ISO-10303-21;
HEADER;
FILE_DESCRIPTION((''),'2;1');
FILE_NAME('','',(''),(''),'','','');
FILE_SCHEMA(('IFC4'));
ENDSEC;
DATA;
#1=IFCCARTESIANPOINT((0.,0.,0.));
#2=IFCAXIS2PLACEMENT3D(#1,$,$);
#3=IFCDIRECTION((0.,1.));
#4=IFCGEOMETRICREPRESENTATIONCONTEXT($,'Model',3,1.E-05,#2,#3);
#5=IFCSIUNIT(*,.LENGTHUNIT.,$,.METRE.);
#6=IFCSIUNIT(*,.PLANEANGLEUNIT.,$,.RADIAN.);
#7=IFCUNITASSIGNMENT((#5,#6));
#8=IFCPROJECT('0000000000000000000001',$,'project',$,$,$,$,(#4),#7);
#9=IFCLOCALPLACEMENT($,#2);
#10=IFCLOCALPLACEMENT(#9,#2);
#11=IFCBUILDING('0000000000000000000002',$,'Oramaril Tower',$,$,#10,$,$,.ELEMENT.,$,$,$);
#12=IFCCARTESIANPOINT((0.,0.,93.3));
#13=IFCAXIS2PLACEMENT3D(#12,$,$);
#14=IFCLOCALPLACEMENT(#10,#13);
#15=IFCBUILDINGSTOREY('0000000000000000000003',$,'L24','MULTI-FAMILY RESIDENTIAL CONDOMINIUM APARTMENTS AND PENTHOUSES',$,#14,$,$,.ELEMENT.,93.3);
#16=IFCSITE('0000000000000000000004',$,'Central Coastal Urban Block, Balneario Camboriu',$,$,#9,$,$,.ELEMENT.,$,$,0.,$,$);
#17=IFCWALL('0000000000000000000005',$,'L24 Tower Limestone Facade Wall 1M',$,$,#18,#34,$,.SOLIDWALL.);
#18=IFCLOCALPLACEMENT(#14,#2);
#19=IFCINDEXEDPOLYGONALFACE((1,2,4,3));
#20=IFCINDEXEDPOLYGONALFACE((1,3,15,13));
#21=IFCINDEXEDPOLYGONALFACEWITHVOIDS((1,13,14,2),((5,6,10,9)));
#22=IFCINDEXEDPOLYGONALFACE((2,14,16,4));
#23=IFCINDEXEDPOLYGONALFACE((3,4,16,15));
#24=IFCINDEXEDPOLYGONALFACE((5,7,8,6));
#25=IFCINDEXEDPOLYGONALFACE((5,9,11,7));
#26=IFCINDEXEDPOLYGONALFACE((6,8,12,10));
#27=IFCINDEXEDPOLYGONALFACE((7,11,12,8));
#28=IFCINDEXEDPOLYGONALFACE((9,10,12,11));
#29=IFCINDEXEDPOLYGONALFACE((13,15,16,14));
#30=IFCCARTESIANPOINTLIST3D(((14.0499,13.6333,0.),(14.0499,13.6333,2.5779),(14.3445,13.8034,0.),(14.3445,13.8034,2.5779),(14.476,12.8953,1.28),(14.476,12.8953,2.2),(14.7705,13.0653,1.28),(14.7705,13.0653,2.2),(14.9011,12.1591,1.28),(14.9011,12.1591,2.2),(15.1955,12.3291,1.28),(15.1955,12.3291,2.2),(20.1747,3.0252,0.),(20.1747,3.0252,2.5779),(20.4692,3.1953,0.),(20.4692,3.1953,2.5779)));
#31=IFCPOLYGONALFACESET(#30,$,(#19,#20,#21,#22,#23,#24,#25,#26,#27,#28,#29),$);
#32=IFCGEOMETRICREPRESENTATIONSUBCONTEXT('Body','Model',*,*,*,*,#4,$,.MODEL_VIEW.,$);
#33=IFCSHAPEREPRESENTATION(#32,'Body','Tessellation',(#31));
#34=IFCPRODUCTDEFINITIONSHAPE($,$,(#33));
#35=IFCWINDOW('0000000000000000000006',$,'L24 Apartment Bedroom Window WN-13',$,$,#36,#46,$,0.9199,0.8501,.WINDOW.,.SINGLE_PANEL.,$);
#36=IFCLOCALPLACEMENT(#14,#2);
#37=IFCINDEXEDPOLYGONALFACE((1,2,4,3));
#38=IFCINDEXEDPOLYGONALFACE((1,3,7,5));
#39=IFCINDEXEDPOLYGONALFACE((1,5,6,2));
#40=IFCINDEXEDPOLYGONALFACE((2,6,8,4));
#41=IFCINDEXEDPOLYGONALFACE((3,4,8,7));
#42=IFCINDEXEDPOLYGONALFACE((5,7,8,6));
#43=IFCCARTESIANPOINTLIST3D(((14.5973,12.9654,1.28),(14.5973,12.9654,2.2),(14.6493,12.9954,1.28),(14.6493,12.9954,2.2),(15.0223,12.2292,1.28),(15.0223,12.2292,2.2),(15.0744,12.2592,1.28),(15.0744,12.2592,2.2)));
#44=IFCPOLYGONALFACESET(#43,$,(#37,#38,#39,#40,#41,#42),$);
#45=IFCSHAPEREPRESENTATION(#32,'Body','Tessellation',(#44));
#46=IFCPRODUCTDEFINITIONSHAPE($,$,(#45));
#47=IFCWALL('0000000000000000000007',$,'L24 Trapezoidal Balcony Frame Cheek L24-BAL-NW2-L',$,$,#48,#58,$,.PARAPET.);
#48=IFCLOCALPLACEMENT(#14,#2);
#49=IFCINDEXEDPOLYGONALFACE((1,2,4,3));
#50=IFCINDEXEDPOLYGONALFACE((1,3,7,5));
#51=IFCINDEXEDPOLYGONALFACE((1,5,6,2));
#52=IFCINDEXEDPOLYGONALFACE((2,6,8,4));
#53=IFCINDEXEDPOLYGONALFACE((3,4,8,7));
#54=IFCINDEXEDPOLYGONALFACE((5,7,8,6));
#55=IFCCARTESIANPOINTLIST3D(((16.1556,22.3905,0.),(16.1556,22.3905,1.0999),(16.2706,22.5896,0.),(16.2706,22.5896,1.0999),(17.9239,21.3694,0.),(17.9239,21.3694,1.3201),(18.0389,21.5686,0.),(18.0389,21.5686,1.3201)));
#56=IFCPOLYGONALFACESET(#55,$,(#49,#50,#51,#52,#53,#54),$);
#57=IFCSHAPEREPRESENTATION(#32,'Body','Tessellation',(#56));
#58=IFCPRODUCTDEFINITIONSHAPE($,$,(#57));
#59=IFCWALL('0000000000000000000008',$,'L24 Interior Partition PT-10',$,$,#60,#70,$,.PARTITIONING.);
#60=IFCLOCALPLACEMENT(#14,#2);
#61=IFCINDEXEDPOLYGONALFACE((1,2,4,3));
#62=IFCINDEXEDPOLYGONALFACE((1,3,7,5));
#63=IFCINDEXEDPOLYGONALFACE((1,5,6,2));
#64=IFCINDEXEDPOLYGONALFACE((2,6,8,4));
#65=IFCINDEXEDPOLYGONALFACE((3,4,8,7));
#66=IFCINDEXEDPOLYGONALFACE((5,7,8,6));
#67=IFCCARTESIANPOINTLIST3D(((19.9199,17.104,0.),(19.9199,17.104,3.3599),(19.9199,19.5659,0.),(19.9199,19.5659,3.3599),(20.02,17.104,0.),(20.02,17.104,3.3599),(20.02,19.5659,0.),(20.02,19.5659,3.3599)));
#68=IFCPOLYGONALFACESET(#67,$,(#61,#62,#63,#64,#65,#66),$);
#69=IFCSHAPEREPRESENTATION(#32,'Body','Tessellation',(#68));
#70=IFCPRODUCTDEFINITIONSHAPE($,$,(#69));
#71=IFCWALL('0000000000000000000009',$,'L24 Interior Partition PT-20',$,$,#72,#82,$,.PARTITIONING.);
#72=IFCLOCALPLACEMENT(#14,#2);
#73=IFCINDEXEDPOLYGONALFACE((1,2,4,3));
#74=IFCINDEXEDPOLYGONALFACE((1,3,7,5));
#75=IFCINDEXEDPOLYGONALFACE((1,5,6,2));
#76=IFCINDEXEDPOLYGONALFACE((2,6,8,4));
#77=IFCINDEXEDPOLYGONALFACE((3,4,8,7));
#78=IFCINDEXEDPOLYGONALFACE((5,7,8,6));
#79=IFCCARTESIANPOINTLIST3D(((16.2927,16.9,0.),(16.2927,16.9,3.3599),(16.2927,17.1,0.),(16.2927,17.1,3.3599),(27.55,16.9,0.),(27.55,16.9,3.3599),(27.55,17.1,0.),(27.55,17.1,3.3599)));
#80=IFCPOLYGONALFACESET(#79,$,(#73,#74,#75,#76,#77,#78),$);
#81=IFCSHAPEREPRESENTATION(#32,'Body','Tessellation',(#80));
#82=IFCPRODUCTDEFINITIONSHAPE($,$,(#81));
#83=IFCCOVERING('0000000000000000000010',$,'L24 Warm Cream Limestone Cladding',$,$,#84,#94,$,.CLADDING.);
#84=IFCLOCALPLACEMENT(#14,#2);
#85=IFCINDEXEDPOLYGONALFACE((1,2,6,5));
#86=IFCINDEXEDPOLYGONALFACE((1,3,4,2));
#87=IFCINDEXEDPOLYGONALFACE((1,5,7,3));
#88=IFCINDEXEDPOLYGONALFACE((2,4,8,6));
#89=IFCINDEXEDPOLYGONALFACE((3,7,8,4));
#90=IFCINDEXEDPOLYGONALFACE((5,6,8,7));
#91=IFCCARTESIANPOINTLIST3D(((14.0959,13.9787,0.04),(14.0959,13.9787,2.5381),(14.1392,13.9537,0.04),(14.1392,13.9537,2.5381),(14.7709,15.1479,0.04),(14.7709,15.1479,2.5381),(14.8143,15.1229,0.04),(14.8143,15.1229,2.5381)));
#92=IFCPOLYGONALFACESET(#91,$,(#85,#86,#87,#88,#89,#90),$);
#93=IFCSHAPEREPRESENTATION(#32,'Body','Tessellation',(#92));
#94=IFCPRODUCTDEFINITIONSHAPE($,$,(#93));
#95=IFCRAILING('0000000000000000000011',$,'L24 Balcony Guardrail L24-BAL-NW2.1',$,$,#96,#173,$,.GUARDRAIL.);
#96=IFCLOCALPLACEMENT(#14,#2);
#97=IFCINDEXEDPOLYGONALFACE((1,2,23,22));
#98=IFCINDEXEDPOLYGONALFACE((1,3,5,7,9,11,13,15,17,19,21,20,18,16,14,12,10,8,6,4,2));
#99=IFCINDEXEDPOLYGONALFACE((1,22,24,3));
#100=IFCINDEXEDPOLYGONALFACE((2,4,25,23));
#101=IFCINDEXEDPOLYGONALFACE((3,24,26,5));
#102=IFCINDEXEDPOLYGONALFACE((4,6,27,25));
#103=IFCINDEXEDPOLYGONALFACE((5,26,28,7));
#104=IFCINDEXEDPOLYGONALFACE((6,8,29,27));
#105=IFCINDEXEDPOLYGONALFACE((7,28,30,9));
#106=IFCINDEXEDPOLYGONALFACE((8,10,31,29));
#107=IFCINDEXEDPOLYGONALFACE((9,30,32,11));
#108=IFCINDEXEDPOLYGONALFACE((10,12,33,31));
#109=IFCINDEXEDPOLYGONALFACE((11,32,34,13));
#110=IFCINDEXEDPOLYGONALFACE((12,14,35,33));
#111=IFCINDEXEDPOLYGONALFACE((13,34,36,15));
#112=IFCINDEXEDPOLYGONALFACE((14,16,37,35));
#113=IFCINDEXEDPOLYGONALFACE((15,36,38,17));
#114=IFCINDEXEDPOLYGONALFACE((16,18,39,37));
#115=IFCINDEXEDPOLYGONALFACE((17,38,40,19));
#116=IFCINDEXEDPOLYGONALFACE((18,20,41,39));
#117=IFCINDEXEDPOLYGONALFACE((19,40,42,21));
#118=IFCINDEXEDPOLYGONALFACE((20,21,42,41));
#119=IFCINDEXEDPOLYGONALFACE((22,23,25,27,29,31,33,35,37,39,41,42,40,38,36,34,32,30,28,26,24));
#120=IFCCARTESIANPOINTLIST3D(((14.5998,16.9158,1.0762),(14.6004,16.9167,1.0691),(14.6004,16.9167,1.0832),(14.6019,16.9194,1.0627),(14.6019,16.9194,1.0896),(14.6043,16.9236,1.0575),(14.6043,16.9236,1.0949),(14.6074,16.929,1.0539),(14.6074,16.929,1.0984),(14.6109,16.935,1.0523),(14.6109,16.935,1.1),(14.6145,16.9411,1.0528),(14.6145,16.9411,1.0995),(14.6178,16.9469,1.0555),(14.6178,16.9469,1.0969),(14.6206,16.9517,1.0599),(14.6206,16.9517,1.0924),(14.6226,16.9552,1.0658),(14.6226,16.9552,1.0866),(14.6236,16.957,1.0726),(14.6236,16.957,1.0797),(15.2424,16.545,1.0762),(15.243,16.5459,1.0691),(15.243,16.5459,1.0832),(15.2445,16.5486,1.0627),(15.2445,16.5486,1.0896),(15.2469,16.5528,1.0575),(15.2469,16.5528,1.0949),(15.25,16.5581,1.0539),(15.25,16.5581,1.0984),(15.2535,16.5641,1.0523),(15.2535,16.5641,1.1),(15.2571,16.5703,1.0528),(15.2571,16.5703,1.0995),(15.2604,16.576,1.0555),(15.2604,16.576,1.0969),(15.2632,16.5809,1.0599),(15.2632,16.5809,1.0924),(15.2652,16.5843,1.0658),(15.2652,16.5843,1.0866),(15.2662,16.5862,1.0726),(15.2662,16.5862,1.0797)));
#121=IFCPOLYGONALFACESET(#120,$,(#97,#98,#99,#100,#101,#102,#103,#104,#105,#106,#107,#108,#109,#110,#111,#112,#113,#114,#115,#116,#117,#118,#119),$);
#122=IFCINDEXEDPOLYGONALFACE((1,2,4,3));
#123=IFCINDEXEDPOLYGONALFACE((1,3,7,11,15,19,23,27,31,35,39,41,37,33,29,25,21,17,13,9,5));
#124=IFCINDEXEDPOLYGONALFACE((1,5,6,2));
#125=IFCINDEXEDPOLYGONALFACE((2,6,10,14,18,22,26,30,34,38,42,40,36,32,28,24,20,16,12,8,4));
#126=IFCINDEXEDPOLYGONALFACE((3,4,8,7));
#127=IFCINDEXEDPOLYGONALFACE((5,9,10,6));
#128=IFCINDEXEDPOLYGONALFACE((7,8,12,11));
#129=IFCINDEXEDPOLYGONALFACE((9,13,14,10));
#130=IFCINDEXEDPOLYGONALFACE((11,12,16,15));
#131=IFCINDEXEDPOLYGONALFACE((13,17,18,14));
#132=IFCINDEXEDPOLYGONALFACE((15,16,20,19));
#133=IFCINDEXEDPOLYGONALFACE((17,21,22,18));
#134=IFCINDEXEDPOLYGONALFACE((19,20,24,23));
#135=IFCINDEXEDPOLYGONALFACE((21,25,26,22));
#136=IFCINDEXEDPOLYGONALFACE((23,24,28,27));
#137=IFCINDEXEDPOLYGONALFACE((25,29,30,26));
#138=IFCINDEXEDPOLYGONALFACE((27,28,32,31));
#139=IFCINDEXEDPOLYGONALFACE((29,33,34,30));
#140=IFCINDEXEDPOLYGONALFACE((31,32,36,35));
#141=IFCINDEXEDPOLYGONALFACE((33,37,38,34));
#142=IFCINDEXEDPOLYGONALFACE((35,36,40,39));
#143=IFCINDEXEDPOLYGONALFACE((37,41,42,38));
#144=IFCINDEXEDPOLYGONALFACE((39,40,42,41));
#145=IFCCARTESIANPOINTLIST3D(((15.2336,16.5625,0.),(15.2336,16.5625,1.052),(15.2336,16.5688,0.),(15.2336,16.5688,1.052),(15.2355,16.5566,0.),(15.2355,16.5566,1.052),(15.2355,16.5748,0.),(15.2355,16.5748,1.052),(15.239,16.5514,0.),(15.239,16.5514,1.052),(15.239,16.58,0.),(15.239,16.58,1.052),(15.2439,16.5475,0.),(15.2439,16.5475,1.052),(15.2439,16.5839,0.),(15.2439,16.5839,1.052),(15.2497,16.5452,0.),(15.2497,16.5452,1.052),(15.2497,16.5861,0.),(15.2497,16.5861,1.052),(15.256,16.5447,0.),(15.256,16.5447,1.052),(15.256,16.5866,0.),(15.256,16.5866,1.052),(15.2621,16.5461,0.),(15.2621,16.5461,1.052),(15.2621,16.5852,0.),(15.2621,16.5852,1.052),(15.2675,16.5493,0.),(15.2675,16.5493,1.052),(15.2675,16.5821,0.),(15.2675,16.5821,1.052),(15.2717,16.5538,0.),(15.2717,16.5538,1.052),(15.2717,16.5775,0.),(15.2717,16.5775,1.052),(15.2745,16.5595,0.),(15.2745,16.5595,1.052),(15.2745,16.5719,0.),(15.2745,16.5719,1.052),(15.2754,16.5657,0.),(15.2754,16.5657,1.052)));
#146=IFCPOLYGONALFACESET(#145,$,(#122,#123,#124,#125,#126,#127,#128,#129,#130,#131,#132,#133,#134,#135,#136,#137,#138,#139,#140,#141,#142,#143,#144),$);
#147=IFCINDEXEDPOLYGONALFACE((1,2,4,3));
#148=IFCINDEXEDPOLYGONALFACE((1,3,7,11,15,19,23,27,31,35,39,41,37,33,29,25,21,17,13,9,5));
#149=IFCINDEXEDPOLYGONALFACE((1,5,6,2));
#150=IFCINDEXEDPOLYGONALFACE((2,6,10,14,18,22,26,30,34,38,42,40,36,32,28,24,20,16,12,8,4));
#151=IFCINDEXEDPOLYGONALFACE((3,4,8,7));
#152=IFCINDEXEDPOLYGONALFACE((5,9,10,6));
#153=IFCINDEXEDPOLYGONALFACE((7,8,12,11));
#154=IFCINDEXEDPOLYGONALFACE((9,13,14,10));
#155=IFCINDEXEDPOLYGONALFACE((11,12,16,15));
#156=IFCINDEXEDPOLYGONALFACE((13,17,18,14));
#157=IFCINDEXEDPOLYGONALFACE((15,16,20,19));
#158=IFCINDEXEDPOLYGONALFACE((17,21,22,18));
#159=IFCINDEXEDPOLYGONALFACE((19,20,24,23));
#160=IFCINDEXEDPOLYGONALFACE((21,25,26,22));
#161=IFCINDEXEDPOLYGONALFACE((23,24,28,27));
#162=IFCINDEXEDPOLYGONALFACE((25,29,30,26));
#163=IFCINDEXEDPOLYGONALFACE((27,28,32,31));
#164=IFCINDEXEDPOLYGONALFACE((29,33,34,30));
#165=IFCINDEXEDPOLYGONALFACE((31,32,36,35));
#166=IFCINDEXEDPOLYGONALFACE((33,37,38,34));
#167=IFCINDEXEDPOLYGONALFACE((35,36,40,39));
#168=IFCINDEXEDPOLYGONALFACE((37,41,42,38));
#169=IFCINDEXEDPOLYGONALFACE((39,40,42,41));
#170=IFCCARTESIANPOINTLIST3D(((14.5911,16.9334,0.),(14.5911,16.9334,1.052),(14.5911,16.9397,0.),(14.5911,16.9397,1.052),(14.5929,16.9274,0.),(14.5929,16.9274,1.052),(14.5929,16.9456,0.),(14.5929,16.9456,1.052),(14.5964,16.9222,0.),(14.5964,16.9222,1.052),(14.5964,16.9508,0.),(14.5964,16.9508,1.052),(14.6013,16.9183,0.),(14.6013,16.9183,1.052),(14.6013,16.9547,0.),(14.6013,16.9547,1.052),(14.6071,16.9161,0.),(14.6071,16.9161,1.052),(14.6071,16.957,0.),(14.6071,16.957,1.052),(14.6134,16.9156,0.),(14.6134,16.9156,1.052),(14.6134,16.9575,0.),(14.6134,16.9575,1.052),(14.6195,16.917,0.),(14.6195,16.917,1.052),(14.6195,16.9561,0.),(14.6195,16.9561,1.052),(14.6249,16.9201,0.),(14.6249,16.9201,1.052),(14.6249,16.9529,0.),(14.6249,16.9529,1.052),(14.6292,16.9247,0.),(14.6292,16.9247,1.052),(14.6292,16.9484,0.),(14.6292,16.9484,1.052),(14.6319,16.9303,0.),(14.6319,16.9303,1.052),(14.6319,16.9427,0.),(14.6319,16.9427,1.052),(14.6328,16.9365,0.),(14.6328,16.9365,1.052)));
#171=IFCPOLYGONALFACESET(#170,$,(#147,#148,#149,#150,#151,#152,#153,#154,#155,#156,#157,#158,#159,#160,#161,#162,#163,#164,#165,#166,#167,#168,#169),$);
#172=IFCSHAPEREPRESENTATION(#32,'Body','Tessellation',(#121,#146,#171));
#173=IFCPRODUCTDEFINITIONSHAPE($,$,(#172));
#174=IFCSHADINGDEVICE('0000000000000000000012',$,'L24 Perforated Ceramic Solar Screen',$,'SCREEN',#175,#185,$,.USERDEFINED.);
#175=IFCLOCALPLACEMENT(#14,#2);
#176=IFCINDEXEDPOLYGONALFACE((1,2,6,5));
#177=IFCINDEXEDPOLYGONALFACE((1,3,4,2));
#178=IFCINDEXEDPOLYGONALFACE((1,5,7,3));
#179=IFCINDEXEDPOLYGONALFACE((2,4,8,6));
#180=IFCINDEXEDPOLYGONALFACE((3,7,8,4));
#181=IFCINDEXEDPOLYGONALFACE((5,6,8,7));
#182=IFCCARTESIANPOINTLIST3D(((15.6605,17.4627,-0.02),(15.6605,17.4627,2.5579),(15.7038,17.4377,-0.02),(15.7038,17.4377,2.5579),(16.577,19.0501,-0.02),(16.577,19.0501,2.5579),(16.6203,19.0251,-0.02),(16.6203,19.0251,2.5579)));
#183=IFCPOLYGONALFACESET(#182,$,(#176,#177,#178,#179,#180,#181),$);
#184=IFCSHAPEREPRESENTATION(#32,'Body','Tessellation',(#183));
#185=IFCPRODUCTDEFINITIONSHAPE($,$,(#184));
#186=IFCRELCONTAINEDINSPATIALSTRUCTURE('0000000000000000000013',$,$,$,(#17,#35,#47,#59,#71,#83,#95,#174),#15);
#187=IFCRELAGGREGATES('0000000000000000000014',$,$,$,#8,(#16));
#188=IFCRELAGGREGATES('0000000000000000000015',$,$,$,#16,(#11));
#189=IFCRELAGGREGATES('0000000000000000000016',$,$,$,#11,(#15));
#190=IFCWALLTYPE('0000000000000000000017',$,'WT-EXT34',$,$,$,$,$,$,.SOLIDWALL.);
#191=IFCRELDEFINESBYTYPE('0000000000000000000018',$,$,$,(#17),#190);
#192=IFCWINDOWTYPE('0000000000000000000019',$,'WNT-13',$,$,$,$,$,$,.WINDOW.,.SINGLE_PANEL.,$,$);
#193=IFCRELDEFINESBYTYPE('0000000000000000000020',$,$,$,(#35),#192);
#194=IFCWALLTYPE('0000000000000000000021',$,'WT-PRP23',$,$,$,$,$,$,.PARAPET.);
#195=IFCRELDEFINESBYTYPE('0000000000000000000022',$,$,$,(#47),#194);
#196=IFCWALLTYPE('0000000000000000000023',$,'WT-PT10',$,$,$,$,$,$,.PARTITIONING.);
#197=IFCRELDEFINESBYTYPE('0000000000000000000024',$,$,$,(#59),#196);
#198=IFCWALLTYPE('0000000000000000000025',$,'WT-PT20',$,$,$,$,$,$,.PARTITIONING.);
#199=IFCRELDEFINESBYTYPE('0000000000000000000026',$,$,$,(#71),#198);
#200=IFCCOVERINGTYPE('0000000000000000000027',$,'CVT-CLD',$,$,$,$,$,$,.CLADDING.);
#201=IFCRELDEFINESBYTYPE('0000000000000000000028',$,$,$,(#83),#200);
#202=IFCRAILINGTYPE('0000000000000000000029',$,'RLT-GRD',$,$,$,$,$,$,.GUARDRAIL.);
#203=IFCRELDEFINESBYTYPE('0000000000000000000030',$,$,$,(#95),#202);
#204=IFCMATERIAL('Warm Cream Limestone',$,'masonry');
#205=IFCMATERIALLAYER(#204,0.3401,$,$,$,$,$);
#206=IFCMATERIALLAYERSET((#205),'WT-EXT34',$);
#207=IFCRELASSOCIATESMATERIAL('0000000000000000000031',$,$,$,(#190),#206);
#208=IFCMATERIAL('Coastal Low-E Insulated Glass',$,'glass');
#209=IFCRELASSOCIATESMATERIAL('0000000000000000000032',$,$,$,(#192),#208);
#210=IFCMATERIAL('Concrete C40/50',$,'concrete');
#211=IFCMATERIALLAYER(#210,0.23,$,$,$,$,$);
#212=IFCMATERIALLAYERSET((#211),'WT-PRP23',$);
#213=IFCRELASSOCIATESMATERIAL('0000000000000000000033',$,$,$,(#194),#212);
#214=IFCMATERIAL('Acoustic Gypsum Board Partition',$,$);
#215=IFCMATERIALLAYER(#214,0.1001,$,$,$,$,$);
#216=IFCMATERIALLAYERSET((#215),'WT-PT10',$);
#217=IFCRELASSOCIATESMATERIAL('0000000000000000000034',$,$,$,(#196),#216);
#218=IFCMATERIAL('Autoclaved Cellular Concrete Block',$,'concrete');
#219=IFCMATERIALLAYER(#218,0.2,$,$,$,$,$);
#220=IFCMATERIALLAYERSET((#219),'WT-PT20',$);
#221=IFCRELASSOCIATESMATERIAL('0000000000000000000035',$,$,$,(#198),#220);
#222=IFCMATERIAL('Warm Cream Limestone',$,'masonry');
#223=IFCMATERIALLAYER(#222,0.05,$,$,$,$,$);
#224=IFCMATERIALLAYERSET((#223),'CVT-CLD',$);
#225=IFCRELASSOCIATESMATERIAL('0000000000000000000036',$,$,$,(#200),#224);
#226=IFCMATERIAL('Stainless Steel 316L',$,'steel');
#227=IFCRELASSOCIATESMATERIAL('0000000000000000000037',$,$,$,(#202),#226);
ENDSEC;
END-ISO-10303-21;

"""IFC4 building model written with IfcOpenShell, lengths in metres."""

from ifc_helpers import new_model, si_unit, direction, frame, frame_2d, origin, origin_2d, place, context, subcontext, project, spatial, polyline, rectangle, circle, outline, extrude, material, layer, layer_set, type_object, element, fill, save


model = new_model("IFC4")

# Units and contexts
model_context = context("Model", 3, precision=1e-05, world=origin(), true_north=direction((0.0, 1.0)))
body_context = subcontext(model_context, "Body", "Model", "MODEL_VIEW")
ifc_project = project(units=[si_unit("LENGTHUNIT", "METRE"), si_unit("PLANEANGLEUNIT", "RADIAN")], contexts=[model_context])

# Site, building, storey
site_placement = place(None, origin())
site = spatial("IfcSite", under=ifc_project, at=site_placement, Name="Central Coastal Urban Block, Balneario Camboriu", CompositionType="ELEMENT", RefElevation=0.0)
building_placement = place(site_placement, origin())
building = spatial("IfcBuilding", under=site, at=building_placement, Name="Oramaril Tower", CompositionType="ELEMENT")
storey_placement = place(building_placement, frame((0.0, 0.0, 93.3)))
storey = spatial("IfcBuildingStorey", under=building, at=storey_placement, Name="L24", Description="MULTI-FAMILY RESIDENTIAL CONDOMINIUM APARTMENTS AND PENTHOUSES", CompositionType="ELEMENT", Elevation=93.3)

# Wall, opening, window
ifc_material_1 = material(Name="Warm Cream Limestone", Category="masonry")
ifc_layer_1 = layer(ifc_material_1, 0.3401)
ifc_layer_set_1 = layer_set([ifc_layer_1], Name="WT-EXT34")
wall_type_1 = type_object("IfcWallType", Name="WT-EXT34", PredefinedType="SOLIDWALL", material=ifc_layer_set_1)
wall_1_placement = place(storey_placement, frame((14.1973, 13.7183, 0.0), z_axis=(0.0, 0.0, 1.0), x_axis=(0.500008, -0.866021, 0.0)))
wall_1 = element("IfcWall", 1, at=wall_1_placement, inside=storey, type_object=wall_type_1, Name="L24 Tower Limestone Facade Wall 1M", PredefinedType="SOLIDWALL", context=body_context, shape_type="SweptSolid", body=[
    extrude(rectangle(XDim=12.2493, YDim=0.3401, at=frame_2d((6.1245, 0.0))), origin(), (0.0, 0.0, 1.0), 2.5779),
])
opening_1_placement = place(wall_1_placement, frame((0.8521, 0.0, 1.28)))
opening_1 = element("IfcOpeningElement", 2, at=opening_1_placement, cuts=wall_1, PredefinedType="OPENING", context=body_context, shape_type="SweptSolid", body=[
    extrude(rectangle(XDim=0.8501, YDim=0.9199, at=frame_2d((0.425, 0.46))), frame((0.0, 0.1699, 0.0), z_axis=(0.0, -1.0, 0.0), x_axis=(1.0, 0.0, 0.0)), (0.0, 0.0, 1.0), 0.3401),
])
ifc_material_2 = material(Name="Coastal Low-E Insulated Glass", Category="glass")
window_type = type_object("IfcWindowType", Name="WNT-13", PartitioningType="SINGLE_PANEL", PredefinedType="WINDOW", material=ifc_material_2)
window_placement = place(opening_1_placement, origin())
window = element("IfcWindow", 3, at=window_placement, inside=storey, type_object=window_type, Name="L24 Apartment Bedroom Window WN-13", OverallHeight=0.9199, OverallWidth=0.8501, PartitioningType="SINGLE_PANEL", PredefinedType="WINDOW", context=body_context, shape_type="SweptSolid", body=[
    extrude(rectangle(XDim=0.8501, YDim=0.9199, at=frame_2d((0.425, 0.46))), frame((0.0, 0.03, 0.0), z_axis=(0.0, -1.0, 0.0), x_axis=(1.0, 0.0, 0.0)), (0.0, 0.0, 1.0), 0.0601),
])
fill(opening_1, window)

# Walls
ifc_material_3 = material(Name="Concrete C40/50", Category="concrete")
ifc_layer_2 = layer(ifc_material_3, 0.23)
ifc_layer_set_2 = layer_set([ifc_layer_2], Name="WT-PRP23")
wall_type_2 = type_object("IfcWallType", Name="WT-PRP23", PredefinedType="PARAPET", material=ifc_layer_set_2)
wall_2_placement = place(storey_placement, frame((17.9814, 21.469, 0.0), z_axis=(0.0, 0.0, 1.0), x_axis=(-0.866012, 0.500023, 0.0)))
element("IfcWall", 4, at=wall_2_placement, inside=storey, type_object=wall_type_2, Name="L24 Trapezoidal Balcony Frame Cheek L24-BAL-NW2-L", PredefinedType="PARAPET", context=body_context, shape_type="SweptSolid", body=[
    extrude(outline(polyline([(0.0, 0.0), (2.042, 0.0), (2.042, 1.0999), (0.0, 1.3201), (0.0, 0.0)])), frame((0.0, 0.115, 0.0), z_axis=(0.0, -1.0, 0.0), x_axis=(1.0, 0.0, 0.0)), (0.0, 0.0, 1.0), 0.23),
])
ifc_material_4 = material(Name="Acoustic Gypsum Board Partition")
ifc_layer_3 = layer(ifc_material_4, 0.1001)
ifc_layer_set_3 = layer_set([ifc_layer_3], Name="WT-PT10")
wall_type_3 = type_object("IfcWallType", Name="WT-PT10", PredefinedType="PARTITIONING", material=ifc_layer_set_3)
wall_3_placement = place(storey_placement, frame((19.97, 17.104, 0.0), z_axis=(0.0, 0.0, 1.0), x_axis=(0.0, 1.0, 0.0)))
element("IfcWall", 5, at=wall_3_placement, inside=storey, type_object=wall_type_3, Name="L24 Interior Partition PT-10", PredefinedType="PARTITIONING", context=body_context, shape_type="SweptSolid", body=[
    extrude(rectangle(XDim=2.4619, YDim=0.1001, at=frame_2d((1.231, 0.0))), origin(), (0.0, 0.0, 1.0), 3.3599),
])

# Wall
ifc_material_5 = material(Name="Autoclaved Cellular Concrete Block", Category="concrete")
ifc_layer_4 = layer(ifc_material_5, 0.2)
ifc_layer_set_4 = layer_set([ifc_layer_4], Name="WT-PT20")
wall_type_4 = type_object("IfcWallType", Name="WT-PT20", PredefinedType="PARTITIONING", material=ifc_layer_set_4)
wall_4_placement = place(storey_placement, frame((16.2927, 17.0, 0.0), z_axis=(0.0, 0.0, 1.0), x_axis=(1.0, 0.0, 0.0)))
element("IfcWall", 6, at=wall_4_placement, inside=storey, type_object=wall_type_4, Name="L24 Interior Partition PT-20", PredefinedType="PARTITIONING", context=body_context, shape_type="SweptSolid", body=[
    extrude(rectangle(XDim=11.2573, YDim=0.2, at=frame_2d((5.6287, 0.0))), origin(), (0.0, 0.0, 1.0), 3.3599),
])

# Covering
ifc_material_6 = material(Name="Warm Cream Limestone", Category="masonry")
ifc_layer_5 = layer(ifc_material_6, 0.05)
ifc_layer_set_5 = layer_set([ifc_layer_5], Name="CVT-CLD")
covering_type = type_object("IfcCoveringType", Name="CVT-CLD", PredefinedType="CLADDING", material=ifc_layer_set_5)
covering_placement = place(storey_placement, frame((14.4551, 14.5508, 0.04), z_axis=(0.0, 0.0, 1.0), x_axis=(-0.5, -0.866025, 0.0)))
element("IfcCovering", 7, at=covering_placement, inside=storey, type_object=covering_type, Name="L24 Warm Cream Limestone Cladding", PredefinedType="CLADDING", context=body_context, shape_type="SweptSolid", body=[
    extrude(rectangle(XDim=1.3501, YDim=0.05, at=origin_2d()), origin(), (0.0, 0.0, 1.0), 2.498),
])

# Railing
ifc_material_7 = material(Name="Stainless Steel 316L", Category="steel")
railing_type = type_object("IfcRailingType", Name="RLT-GRD", PredefinedType="GUARDRAIL", material=ifc_material_7)
railing_1_placement = place(storey_placement, frame((15.2544, 16.5657, 0.0)))
element("IfcRailing", 8, at=railing_1_placement, inside=storey, type_object=railing_type, Name="L24 Balcony Guardrail L24-BAL-NW2.1", PredefinedType="GUARDRAIL", context=body_context, shape_type="SweptSolid", body=[
    extrude(circle(Radius=0.0239, at=origin_2d()), frame((0.0, 0.0, 1.0762), z_axis=(-0.866109, 0.499855, 0.0), x_axis=(-0.499855, -0.866109, 0.0)), (0.0, 0.0, 1.0), 0.7419),
    extrude(circle(Radius=0.021, at=origin_2d()), origin(), (0.0, 0.0, 1.0), 1.052),
    extrude(circle(Radius=0.021, at=origin_2d()), frame((-0.6426, 0.3708, 0.0)), (0.0, 0.0, 1.0), 1.052),
])

# Shading device
for number, where, z_axis, x_axis, name in (
    (9, (16.1404, 18.2439, -0.02), (0.0, 0.0, 1.0), (-0.5, -0.866025, 0.0), "L24 Perforated Ceramic Solar Screen"),
):
    element("IfcShadingDevice", number, at=place(storey_placement, frame(where, z_axis=z_axis, x_axis=x_axis)), inside=storey, Name=name, ObjectType="SCREEN", PredefinedType="USERDEFINED", context=body_context, shape_type="SweptSolid", body=[
        extrude(rectangle(XDim=1.833, YDim=0.05, at=origin_2d()), origin(), (0.0, 0.0, 1.0), 2.5779),
    ])

save(model, "model.ifc")
